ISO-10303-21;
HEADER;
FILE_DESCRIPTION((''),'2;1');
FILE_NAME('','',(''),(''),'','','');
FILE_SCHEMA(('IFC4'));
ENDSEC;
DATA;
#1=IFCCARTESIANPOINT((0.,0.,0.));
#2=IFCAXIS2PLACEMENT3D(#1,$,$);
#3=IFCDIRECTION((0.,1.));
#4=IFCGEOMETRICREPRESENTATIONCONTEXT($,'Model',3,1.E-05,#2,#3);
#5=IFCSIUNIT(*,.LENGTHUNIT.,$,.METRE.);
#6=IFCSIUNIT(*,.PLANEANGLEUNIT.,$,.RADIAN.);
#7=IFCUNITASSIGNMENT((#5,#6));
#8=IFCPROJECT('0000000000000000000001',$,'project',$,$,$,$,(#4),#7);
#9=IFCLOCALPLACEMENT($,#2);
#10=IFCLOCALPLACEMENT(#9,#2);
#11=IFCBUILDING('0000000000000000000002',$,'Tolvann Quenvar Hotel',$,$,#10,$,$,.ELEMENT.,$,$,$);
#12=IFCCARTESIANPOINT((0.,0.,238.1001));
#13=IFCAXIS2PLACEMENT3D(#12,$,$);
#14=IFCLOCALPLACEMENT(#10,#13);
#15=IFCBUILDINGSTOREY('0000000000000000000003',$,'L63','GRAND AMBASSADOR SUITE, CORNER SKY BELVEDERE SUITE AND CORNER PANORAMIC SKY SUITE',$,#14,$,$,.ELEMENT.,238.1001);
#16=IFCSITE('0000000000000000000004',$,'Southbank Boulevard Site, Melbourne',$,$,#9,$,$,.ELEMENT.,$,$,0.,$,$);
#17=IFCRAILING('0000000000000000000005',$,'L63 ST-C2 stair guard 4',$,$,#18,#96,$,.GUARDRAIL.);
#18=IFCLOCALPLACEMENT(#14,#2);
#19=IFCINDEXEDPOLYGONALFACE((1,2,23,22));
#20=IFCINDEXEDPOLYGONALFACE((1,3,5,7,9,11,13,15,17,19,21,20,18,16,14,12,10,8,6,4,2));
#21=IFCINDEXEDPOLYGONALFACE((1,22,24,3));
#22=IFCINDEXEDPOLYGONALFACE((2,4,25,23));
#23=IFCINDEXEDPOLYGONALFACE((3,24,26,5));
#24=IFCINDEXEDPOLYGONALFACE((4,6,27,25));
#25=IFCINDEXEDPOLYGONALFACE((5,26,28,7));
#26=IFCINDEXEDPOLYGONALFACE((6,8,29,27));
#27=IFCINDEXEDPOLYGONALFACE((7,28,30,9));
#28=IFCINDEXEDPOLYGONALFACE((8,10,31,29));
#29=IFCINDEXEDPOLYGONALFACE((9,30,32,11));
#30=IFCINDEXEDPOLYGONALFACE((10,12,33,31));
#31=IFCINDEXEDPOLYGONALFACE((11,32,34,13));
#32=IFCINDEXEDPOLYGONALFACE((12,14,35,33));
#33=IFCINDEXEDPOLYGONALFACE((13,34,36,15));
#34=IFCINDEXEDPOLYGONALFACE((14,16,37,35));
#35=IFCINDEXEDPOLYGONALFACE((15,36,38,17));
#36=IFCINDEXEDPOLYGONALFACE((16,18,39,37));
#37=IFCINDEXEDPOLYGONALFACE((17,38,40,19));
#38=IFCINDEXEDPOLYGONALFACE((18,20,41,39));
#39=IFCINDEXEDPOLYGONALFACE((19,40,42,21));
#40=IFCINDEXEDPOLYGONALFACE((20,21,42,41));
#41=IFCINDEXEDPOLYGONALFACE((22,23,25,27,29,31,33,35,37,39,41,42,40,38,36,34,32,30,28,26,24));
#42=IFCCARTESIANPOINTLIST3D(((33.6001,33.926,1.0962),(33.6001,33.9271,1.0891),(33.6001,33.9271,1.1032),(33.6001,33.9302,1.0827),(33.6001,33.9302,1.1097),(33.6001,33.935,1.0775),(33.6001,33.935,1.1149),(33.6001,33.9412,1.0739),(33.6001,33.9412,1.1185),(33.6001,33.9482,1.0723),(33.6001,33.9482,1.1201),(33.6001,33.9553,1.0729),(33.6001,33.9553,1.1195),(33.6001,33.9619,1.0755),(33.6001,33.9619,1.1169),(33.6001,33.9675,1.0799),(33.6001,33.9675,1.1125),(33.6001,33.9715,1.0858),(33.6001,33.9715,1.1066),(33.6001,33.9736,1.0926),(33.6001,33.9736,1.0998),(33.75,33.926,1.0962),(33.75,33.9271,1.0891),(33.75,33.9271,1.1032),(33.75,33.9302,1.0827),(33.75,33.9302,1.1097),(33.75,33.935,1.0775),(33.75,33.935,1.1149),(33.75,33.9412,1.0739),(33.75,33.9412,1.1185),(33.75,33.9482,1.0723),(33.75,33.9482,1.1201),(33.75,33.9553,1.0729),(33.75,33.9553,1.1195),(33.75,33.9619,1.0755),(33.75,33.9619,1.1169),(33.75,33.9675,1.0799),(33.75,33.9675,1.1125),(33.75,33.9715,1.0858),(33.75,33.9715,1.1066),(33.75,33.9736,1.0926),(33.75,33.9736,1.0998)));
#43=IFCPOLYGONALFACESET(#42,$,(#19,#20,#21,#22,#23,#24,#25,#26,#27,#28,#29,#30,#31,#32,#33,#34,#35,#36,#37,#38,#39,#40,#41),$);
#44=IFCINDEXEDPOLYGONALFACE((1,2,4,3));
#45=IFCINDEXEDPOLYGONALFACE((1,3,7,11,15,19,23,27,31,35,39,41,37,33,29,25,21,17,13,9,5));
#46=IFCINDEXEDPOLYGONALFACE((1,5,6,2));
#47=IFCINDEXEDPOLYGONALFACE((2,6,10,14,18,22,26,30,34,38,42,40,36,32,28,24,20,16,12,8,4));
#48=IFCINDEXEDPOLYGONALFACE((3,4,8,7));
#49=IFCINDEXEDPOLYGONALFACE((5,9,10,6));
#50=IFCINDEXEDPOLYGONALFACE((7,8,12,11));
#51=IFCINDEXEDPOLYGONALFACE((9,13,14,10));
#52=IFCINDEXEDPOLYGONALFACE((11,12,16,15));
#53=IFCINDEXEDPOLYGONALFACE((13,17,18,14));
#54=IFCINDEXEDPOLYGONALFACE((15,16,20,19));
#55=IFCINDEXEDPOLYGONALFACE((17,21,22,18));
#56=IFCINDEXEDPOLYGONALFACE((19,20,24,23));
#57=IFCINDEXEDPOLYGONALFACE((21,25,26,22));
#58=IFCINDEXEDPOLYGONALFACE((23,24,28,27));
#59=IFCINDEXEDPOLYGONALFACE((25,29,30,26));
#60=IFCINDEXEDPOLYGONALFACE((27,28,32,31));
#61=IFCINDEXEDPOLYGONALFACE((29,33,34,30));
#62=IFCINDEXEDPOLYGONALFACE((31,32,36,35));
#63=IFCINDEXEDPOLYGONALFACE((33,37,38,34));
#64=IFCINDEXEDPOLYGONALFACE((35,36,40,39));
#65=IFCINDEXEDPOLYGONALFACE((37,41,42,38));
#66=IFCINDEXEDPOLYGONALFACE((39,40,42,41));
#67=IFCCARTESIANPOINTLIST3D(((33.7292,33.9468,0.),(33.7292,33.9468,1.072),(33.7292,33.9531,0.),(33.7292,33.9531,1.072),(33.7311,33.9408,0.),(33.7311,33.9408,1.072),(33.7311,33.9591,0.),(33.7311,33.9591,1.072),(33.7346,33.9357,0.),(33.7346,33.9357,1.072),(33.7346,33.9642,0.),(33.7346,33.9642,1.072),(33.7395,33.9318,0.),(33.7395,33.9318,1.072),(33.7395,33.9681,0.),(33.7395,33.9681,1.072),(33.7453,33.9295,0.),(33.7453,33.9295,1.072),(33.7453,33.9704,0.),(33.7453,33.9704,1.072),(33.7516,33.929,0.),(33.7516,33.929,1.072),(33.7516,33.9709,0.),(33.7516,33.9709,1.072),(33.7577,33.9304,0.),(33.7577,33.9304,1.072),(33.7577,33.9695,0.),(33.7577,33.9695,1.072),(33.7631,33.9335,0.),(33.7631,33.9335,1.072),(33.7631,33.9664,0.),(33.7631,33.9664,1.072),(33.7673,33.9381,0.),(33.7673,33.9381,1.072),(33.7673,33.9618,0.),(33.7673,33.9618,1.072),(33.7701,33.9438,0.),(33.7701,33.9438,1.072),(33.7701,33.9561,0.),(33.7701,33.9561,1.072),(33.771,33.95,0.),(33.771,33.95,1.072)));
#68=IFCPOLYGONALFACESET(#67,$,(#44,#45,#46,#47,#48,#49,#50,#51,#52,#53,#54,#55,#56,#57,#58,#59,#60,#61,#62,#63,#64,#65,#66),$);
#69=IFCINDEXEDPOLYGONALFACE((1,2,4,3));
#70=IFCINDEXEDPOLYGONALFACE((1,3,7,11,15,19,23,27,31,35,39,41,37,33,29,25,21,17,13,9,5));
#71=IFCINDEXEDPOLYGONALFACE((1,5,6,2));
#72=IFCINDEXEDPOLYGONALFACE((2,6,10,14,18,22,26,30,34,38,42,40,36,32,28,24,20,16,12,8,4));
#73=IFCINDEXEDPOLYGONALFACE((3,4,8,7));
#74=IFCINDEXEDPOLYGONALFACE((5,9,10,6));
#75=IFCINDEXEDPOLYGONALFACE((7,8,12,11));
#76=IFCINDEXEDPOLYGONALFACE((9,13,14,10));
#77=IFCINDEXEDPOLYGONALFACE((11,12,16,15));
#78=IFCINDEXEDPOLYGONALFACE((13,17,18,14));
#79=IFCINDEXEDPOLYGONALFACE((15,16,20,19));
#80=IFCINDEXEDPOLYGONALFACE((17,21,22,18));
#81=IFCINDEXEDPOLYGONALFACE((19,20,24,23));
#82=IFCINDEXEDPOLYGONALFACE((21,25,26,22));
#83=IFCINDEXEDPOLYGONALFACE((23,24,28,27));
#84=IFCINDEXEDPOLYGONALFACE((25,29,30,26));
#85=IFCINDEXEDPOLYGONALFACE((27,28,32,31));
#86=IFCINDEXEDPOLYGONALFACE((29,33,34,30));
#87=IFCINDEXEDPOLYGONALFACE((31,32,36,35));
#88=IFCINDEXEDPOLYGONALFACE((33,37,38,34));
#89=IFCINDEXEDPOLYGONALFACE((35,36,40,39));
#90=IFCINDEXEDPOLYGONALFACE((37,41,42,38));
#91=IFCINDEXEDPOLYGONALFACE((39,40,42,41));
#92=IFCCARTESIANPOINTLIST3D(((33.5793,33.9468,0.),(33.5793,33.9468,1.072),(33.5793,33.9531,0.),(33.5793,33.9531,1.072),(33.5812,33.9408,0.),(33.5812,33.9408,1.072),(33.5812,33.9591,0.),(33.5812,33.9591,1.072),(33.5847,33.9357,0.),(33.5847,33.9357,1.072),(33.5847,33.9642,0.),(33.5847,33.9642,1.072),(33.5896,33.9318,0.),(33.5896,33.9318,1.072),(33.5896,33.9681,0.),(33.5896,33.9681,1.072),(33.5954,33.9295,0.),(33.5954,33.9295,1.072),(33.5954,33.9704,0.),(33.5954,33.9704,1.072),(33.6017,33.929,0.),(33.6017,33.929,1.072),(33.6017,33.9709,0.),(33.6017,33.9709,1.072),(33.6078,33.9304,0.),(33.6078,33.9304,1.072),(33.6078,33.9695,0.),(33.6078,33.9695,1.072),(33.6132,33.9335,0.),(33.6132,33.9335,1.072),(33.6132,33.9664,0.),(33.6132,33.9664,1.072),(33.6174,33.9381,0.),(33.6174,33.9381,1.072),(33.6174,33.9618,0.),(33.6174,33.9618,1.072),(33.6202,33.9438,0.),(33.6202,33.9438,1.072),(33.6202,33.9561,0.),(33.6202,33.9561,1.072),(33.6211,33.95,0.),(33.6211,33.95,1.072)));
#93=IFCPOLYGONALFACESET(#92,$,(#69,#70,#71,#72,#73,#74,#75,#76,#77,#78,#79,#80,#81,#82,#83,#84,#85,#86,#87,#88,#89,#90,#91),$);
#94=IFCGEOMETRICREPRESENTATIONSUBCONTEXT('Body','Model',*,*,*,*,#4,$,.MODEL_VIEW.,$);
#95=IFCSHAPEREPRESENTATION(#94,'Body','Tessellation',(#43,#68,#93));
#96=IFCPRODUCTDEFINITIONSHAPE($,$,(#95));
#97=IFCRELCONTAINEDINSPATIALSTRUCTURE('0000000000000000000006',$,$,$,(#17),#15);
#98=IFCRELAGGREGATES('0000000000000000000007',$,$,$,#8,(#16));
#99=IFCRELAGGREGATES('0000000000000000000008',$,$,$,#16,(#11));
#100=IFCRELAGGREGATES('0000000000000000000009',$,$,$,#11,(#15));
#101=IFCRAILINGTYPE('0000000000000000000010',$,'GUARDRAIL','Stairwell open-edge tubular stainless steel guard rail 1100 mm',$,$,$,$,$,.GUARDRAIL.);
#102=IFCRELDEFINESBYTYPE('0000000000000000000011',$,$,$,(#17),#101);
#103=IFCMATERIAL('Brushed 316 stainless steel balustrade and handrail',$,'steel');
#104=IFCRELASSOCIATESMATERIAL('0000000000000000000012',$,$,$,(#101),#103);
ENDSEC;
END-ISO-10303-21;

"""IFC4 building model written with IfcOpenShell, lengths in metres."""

from ifc_helpers import new_model, si_unit, direction, frame, origin, origin_2d, place, context, subcontext, project, spatial, circle, extrude, material, type_object, element, save


model = new_model("IFC4")

# Units and contexts
model_context = context("Model", 3, precision=1e-05, world=origin(), true_north=direction((0.0, 1.0)))
body_context = subcontext(model_context, "Body", "Model", "MODEL_VIEW")
ifc_project = project(units=[si_unit("LENGTHUNIT", "METRE"), si_unit("PLANEANGLEUNIT", "RADIAN")], contexts=[model_context])

# Site, building, storey
site_placement = place(None, origin())
site = spatial("IfcSite", under=ifc_project, at=site_placement, Name="Southbank Boulevard Site, Melbourne", CompositionType="ELEMENT", RefElevation=0.0)
building_placement = place(site_placement, origin())
building = spatial("IfcBuilding", under=site, at=building_placement, Name="Tolvann Quenvar Hotel", CompositionType="ELEMENT")
storey_placement = place(building_placement, frame((0.0, 0.0, 238.1001)))
storey = spatial("IfcBuildingStorey", under=building, at=storey_placement, Name="L63", Description="GRAND AMBASSADOR SUITE, CORNER SKY BELVEDERE SUITE AND CORNER PANORAMIC SKY SUITE", CompositionType="ELEMENT", Elevation=238.1001)

# Railing
ifc_material_1 = material(Name="Brushed 316 stainless steel balustrade and handrail", Category="steel")
railing_type_1 = type_object("IfcRailingType", Name="GUARDRAIL", Description="Stairwell open-edge tubular stainless steel guard rail 1100 mm", PredefinedType="GUARDRAIL", material=ifc_material_1)
railing_1_placement = place(storey_placement, frame((33.75, 33.95, 0.0)))
element("IfcRailing", 1, at=railing_1_placement, inside=storey, type_object=railing_type_1, Name="L63 ST-C2 stair guard 4", PredefinedType="GUARDRAIL", context=body_context, shape_type="SweptSolid", body=[
    extrude(circle(Radius=0.0239, at=origin_2d()), frame((0.0, 0.0, 1.0962), z_axis=(-1.0, 0.0, 0.0), x_axis=(0.0, -1.0, 0.0)), (0.0, 0.0, 1.0), 0.1499),
    extrude(circle(Radius=0.021, at=origin_2d()), origin(), (0.0, 0.0, 1.0), 1.072),
    extrude(circle(Radius=0.021, at=origin_2d()), frame((-0.1499, 0.0, 0.0)), (0.0, 0.0, 1.0), 1.072),
])

save(model, "model.ifc")
